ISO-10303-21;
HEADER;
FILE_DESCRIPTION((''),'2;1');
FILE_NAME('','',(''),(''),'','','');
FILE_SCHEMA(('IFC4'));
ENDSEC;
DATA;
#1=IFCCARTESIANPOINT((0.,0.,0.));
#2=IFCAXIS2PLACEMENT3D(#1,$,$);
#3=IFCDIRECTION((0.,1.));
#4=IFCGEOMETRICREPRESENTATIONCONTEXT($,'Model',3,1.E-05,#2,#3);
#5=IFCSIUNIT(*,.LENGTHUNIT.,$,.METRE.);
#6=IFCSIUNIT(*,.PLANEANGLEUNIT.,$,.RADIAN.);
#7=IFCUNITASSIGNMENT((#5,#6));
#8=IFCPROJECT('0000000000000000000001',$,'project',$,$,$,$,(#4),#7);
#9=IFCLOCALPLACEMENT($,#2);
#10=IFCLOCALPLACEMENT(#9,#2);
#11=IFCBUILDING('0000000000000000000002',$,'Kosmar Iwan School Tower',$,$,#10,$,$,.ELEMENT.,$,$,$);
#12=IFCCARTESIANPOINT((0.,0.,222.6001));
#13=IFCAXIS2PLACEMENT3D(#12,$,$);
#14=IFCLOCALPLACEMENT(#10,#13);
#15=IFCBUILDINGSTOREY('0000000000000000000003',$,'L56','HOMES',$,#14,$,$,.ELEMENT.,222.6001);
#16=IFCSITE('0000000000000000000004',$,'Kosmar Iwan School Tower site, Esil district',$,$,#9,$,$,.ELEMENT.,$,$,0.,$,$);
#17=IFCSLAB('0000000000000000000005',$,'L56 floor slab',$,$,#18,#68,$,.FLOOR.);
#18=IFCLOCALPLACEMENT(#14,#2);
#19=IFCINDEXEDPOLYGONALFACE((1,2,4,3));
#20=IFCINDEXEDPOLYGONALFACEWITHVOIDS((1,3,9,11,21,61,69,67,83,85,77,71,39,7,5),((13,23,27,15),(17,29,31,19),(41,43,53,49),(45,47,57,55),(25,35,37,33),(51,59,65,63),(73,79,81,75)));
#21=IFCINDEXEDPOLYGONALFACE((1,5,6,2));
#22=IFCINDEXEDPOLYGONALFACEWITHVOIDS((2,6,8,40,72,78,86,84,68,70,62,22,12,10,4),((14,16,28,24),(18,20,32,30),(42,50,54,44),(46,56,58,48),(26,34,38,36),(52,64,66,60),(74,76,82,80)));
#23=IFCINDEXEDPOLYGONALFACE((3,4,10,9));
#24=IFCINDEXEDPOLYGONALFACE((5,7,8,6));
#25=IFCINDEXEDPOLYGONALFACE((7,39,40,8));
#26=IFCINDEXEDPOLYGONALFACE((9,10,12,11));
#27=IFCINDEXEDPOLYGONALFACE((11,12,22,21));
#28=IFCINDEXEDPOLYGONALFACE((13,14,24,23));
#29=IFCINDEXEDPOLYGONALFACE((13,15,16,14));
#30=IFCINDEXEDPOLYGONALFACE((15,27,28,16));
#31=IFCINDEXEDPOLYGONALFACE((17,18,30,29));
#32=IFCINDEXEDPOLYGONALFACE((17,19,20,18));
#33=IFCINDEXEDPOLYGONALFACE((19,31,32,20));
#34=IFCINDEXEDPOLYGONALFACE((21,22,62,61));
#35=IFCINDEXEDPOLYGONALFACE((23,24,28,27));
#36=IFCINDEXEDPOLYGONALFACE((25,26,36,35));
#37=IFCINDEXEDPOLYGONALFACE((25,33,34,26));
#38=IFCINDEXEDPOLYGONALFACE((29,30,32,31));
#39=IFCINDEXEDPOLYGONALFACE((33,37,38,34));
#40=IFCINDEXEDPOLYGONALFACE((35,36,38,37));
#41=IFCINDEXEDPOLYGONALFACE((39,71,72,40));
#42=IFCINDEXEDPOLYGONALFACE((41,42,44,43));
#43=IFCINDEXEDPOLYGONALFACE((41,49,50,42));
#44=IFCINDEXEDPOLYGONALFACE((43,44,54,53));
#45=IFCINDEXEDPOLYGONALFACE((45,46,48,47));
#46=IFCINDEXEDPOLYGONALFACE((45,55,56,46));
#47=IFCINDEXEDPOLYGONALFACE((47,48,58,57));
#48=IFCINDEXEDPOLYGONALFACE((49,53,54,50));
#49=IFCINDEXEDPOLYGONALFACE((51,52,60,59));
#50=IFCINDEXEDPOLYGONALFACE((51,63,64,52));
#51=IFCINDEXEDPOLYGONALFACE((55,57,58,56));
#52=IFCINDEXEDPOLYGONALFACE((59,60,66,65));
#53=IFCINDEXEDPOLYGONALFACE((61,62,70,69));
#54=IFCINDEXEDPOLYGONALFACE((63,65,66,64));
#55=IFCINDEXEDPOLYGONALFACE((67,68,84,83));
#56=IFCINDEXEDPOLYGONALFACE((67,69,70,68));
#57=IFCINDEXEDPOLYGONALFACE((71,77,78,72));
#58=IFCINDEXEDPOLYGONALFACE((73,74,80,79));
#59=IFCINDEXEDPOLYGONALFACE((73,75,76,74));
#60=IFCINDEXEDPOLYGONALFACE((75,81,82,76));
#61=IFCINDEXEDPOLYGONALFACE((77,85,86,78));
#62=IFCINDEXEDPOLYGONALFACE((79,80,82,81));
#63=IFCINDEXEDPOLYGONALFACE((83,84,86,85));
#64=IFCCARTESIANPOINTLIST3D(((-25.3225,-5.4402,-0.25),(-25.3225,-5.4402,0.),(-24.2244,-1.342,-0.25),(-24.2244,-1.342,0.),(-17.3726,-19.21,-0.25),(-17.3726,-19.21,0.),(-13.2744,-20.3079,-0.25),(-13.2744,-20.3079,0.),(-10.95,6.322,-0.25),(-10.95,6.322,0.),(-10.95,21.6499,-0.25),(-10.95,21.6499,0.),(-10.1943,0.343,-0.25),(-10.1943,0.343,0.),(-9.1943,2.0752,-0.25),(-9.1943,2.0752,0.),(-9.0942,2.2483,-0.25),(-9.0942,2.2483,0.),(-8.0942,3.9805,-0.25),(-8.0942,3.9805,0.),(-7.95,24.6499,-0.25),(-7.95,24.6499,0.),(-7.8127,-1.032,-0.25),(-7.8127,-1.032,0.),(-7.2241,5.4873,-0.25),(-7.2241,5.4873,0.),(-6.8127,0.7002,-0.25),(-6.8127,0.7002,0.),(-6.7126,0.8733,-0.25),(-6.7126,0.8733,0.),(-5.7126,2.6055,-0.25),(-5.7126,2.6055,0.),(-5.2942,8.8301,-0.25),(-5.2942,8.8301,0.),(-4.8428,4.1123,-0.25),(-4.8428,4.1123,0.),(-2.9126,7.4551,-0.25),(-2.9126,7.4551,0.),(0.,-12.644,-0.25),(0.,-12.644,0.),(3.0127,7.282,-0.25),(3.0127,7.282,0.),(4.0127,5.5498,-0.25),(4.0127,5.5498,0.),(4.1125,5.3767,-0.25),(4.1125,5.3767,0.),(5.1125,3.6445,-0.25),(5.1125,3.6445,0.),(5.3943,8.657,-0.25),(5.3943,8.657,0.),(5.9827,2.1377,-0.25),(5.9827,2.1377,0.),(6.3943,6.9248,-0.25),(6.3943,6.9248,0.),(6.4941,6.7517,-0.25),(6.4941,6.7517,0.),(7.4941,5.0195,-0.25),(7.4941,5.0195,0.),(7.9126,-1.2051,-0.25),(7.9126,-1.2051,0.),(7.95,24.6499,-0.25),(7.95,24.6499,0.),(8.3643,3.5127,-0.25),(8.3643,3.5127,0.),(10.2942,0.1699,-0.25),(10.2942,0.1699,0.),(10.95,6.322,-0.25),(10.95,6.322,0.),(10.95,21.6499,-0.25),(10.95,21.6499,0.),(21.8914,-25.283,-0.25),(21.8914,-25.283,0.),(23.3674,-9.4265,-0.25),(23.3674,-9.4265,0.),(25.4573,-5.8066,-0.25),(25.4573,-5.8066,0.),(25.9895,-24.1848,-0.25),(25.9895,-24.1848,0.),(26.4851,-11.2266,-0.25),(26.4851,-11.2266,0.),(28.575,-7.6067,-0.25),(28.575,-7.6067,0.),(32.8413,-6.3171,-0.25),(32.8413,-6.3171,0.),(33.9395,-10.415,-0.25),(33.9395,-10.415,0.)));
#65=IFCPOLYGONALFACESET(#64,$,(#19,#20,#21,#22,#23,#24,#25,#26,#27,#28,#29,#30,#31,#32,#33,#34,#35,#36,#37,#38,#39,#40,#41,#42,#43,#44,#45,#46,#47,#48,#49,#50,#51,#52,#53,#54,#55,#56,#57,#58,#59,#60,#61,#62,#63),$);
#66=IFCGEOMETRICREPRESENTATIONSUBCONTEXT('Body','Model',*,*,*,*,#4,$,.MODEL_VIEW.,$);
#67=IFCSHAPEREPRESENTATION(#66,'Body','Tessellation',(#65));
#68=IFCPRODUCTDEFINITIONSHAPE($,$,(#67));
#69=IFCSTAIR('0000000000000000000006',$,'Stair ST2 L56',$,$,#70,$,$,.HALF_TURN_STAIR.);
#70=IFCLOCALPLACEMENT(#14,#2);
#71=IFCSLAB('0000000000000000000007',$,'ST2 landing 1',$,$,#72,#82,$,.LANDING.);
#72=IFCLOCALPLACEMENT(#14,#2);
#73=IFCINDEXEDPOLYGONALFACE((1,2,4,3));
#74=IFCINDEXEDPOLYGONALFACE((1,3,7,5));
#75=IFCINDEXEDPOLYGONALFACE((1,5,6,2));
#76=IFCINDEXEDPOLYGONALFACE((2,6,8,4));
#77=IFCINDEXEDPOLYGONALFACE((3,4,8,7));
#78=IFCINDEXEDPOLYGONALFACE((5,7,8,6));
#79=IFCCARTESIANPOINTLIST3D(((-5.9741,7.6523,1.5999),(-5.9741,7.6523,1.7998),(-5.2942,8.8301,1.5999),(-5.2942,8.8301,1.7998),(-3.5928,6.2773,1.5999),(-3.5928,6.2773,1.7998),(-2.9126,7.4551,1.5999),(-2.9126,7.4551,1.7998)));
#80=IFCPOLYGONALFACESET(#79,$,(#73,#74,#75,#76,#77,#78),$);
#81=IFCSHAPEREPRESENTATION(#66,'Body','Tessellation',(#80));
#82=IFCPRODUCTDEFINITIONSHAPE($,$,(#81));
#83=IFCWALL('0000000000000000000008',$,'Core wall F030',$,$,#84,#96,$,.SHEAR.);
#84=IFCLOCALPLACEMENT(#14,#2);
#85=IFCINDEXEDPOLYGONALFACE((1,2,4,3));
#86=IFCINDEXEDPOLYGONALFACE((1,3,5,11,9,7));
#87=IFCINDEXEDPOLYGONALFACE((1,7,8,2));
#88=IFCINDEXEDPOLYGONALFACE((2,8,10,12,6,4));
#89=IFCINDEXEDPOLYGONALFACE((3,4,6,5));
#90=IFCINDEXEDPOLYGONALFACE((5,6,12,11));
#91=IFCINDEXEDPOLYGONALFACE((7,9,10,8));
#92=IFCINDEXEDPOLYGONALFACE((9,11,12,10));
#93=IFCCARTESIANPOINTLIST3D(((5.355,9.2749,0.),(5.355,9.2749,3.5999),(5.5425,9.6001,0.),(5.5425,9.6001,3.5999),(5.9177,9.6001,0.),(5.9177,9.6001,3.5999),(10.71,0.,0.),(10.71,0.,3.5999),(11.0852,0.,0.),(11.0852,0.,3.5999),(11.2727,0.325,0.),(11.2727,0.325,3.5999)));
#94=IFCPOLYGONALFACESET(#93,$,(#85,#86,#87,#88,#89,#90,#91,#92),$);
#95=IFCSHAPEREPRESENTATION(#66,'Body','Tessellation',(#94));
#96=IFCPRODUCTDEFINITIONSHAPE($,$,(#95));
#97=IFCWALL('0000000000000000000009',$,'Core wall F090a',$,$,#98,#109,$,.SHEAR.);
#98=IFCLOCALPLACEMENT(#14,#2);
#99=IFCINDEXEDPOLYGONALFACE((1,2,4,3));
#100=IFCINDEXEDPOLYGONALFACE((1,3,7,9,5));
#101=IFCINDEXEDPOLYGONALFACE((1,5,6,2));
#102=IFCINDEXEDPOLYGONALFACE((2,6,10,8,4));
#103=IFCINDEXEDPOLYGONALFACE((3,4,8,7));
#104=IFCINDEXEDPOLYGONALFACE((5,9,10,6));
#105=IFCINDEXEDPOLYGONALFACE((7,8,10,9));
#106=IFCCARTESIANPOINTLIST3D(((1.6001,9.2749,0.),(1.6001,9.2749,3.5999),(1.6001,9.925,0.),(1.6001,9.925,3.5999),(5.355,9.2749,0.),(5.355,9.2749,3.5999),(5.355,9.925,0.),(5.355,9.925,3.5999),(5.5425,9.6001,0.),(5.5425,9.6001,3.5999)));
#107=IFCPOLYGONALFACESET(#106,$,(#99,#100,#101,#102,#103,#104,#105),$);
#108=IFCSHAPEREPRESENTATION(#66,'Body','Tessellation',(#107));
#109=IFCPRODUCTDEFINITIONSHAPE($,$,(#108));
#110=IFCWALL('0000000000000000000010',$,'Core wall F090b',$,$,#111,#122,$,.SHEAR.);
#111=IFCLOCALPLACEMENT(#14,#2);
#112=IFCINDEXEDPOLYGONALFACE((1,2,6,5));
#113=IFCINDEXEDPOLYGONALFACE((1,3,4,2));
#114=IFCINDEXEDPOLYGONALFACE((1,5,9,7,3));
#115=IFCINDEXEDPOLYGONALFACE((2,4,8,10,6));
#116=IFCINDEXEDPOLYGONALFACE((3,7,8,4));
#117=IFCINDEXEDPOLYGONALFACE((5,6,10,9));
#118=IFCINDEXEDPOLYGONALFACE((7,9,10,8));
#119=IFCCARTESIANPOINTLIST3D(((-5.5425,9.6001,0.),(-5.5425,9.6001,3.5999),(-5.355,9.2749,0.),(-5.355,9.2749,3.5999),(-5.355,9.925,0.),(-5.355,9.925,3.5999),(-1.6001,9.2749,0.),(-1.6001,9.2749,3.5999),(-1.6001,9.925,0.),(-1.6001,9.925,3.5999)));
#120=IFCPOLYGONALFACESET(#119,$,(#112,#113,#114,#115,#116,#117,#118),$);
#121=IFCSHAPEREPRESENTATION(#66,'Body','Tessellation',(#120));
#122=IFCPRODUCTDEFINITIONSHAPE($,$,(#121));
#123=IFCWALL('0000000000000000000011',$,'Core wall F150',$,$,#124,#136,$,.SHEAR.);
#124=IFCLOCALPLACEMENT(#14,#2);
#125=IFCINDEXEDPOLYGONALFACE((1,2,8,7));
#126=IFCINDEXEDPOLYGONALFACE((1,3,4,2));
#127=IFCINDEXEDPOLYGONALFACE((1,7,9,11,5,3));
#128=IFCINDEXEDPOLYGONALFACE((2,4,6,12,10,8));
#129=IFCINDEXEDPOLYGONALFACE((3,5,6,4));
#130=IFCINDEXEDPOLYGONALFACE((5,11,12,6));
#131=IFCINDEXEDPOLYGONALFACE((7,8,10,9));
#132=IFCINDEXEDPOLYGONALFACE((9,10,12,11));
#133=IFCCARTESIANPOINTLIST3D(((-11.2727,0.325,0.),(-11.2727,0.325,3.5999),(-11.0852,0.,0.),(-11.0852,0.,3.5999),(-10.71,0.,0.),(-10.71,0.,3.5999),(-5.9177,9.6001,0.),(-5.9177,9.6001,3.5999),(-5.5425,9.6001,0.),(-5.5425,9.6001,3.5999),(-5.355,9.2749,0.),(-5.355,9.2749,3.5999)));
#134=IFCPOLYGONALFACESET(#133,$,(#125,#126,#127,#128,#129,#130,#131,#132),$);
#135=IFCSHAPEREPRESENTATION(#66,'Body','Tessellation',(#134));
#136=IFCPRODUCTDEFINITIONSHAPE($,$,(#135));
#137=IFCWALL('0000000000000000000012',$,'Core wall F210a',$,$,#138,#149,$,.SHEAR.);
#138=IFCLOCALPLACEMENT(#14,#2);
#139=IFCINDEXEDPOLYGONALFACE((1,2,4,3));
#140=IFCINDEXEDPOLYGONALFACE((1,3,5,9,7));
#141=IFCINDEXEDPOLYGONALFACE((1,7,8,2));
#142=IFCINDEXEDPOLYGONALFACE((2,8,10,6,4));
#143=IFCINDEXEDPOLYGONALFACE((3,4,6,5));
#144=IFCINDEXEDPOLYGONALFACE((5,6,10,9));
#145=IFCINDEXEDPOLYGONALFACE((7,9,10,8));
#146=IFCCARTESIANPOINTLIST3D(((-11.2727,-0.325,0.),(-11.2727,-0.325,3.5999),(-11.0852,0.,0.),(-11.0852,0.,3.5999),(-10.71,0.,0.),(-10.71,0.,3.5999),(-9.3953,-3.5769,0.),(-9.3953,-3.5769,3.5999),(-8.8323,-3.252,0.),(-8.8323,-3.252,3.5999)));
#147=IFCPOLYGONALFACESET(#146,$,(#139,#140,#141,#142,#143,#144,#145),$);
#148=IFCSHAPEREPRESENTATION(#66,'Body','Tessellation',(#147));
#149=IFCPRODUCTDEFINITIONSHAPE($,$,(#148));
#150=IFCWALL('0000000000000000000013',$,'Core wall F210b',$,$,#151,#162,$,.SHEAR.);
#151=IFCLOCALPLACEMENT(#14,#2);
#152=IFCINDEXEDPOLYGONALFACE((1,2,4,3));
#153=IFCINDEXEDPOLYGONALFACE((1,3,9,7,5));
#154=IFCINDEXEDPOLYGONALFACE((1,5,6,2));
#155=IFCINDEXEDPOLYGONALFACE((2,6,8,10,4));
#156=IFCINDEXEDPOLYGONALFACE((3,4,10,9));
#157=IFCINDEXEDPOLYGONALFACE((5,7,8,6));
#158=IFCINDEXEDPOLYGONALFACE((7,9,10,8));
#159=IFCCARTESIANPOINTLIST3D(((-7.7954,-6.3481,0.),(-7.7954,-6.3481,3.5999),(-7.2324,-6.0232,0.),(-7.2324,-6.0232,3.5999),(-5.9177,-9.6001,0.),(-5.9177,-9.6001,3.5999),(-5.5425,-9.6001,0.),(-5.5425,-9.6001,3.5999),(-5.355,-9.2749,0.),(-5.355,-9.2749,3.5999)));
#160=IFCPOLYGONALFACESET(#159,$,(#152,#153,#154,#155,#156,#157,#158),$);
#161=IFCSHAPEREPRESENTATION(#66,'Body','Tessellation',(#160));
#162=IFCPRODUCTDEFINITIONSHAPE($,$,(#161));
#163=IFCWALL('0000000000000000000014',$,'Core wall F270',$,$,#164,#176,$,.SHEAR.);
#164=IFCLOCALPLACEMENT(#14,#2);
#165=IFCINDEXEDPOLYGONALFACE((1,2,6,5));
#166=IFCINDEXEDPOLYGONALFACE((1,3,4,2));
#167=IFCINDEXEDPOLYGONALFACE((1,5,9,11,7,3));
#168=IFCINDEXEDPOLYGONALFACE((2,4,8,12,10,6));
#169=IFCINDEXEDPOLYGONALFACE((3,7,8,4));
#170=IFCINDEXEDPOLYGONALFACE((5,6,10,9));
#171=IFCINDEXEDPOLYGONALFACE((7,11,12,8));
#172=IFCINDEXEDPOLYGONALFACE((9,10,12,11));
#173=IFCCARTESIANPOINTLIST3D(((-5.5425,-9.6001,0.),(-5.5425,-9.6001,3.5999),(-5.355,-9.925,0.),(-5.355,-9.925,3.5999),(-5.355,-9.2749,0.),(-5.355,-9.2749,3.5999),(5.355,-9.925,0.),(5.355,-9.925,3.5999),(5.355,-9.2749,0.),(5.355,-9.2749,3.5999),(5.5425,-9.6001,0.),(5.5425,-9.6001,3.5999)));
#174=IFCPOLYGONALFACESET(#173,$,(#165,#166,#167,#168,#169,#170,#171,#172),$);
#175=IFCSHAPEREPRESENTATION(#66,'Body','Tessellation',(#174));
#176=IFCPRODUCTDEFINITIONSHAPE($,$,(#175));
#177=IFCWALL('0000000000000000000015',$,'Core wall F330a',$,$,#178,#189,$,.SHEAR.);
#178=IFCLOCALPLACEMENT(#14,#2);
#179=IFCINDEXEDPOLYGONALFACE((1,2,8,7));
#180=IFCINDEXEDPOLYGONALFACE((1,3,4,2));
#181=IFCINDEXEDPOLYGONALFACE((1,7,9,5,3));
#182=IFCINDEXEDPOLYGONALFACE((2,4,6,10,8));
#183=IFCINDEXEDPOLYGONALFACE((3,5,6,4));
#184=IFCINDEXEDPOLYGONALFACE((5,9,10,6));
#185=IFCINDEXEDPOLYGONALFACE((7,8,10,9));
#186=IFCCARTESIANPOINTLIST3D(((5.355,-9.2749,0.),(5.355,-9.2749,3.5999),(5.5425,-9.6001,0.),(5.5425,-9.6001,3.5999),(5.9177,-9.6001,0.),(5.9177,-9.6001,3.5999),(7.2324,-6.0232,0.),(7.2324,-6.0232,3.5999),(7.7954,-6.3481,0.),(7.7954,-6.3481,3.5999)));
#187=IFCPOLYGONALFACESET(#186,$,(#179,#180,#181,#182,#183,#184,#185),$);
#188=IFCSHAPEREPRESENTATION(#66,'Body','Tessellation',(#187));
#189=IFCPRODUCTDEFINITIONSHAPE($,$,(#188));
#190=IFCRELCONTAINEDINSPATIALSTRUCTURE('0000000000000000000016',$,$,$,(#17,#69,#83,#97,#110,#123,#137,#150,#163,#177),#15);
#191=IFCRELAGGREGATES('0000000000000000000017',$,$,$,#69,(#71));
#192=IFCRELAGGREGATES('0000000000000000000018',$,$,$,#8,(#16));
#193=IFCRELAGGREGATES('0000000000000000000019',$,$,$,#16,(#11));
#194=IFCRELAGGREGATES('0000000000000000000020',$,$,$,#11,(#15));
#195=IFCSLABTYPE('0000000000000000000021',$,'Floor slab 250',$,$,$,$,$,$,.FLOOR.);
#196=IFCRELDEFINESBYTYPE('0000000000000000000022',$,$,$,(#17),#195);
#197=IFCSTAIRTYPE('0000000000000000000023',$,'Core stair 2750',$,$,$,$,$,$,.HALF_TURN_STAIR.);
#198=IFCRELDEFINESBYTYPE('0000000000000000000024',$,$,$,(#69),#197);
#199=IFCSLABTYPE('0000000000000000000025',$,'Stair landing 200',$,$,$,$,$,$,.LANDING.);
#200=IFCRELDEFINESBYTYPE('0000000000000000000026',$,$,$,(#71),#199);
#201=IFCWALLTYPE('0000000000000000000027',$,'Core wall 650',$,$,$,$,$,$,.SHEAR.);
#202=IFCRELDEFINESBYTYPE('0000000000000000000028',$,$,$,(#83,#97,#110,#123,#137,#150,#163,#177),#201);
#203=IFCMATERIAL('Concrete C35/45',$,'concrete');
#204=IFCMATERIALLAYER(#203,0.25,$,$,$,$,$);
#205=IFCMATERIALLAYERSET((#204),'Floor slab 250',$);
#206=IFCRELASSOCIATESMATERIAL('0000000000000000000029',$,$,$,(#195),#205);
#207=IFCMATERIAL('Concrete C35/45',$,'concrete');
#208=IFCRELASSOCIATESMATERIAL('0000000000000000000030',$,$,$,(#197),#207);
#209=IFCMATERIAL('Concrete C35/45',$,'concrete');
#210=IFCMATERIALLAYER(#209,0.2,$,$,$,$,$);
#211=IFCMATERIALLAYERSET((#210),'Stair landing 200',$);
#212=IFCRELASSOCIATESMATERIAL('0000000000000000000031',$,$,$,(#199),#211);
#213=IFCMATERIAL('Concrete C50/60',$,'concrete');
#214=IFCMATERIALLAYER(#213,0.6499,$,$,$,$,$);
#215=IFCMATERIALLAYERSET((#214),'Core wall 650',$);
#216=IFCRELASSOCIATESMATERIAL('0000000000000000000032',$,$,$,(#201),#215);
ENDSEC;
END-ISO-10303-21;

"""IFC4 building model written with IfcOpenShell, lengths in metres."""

from ifc_helpers import new_model, si_unit, direction, frame, origin, place, context, subcontext, project, spatial, polyline, outline, extrude, material, layer, layer_set, type_object, element, aggregate, save


model = new_model("IFC4")

# Units and contexts
model_context = context("Model", 3, precision=1e-05, world=origin(), true_north=direction((0.0, 1.0)))
body_context = subcontext(model_context, "Body", "Model", "MODEL_VIEW")
ifc_project = project(units=[si_unit("LENGTHUNIT", "METRE"), si_unit("PLANEANGLEUNIT", "RADIAN")], contexts=[model_context])

# Site, building, storey
site_placement = place(None, origin())
site = spatial("IfcSite", under=ifc_project, at=site_placement, Name="Kosmar Iwan School Tower site, Esil district", CompositionType="ELEMENT", RefElevation=0.0)
building_placement = place(site_placement, origin())
building = spatial("IfcBuilding", under=site, at=building_placement, Name="Kosmar Iwan School Tower", CompositionType="ELEMENT")
storey_placement = place(building_placement, frame((0.0, 0.0, 222.6001)))
storey = spatial("IfcBuildingStorey", under=building, at=storey_placement, Name="L56", Description="HOMES", CompositionType="ELEMENT", Elevation=222.6001)

# Slab
ifc_material_1 = material(Name="Concrete C35/45", Category="concrete")
ifc_layer_1 = layer(ifc_material_1, 0.25)
ifc_layer_set_1 = layer_set([ifc_layer_1], Name="Floor slab 250")
slab_type_1 = type_object("IfcSlabType", Name="Floor slab 250", PredefinedType="FLOOR", material=ifc_layer_set_1)
slab_1_placement = place(storey_placement, frame((0.0, 0.0, -0.25)))
element("IfcSlab", 1, at=slab_1_placement, inside=storey, type_object=slab_type_1, Name="L56 floor slab", PredefinedType="FLOOR", context=body_context, shape_type="SweptSolid", body=[
    extrude(outline(polyline([(21.8914, -25.283), (25.9895, -24.1848), (33.9395, -10.415), (32.8413, -6.3171), (10.95, 6.322), (10.95, 21.6499), (7.95, 24.6499), (-7.95, 24.6499), (-10.95, 21.6499), (-10.95, 6.322), (-24.2244, -1.342), (-25.3225, -5.4402), (-17.3726, -19.21), (-13.2744, -20.3079), (0.0, -12.644), (21.8914, -25.283)]), holes=[polyline([(7.9126, -1.2051), (10.2942, 0.1699), (8.3643, 3.5127), (5.9827, 2.1377), (7.9126, -1.2051)]), polyline([(-2.9126, 7.4551), (-5.2942, 8.8301), (-7.2241, 5.4873), (-4.8428, 4.1123), (-2.9126, 7.4551)]), polyline([(-5.7126, 2.6055), (-8.0942, 3.9805), (-9.0942, 2.2483), (-6.7126, 0.8733), (-5.7126, 2.6055)]), polyline([(-6.8127, 0.7002), (-9.1943, 2.0752), (-10.1943, 0.343), (-7.8127, -1.032), (-6.8127, 0.7002)]), polyline([(5.1125, 3.6445), (7.4941, 5.0195), (6.4941, 6.7517), (4.1125, 5.3767), (5.1125, 3.6445)]), polyline([(4.0127, 5.5498), (6.3943, 6.9248), (5.3943, 8.657), (3.0127, 7.282), (4.0127, 5.5498)]), polyline([(23.3674, -9.4265), (26.4851, -11.2266), (28.575, -7.6067), (25.4573, -5.8066), (23.3674, -9.4265)])]), origin(), (0.0, 0.0, 1.0), 0.25),
])

# Stair, slab
ifc_material_2 = material(Name="Concrete C35/45", Category="concrete")
stair_type = type_object("IfcStairType", Name="Core stair 2750", PredefinedType="HALF_TURN_STAIR", material=ifc_material_2)
stair_placement = place(storey_placement, origin())
stair = element("IfcStair", 2, at=stair_placement, inside=storey, type_object=stair_type, Name="Stair ST2 L56", PredefinedType="HALF_TURN_STAIR")
ifc_material_3 = material(Name="Concrete C35/45", Category="concrete")
ifc_layer_2 = layer(ifc_material_3, 0.2)
ifc_layer_set_2 = layer_set([ifc_layer_2], Name="Stair landing 200")
slab_type_2 = type_object("IfcSlabType", Name="Stair landing 200", PredefinedType="LANDING", material=ifc_layer_set_2)
slab_2_placement = place(storey_placement, frame((0.0, 0.0, 1.5999)))
slab_2 = element("IfcSlab", 3, at=slab_2_placement, type_object=slab_type_2, Name="ST2 landing 1", PredefinedType="LANDING", context=body_context, shape_type="SweptSolid", body=[
    extrude(outline(polyline([(-2.9126, 7.4551), (-5.2942, 8.8301), (-5.9741, 7.6523), (-3.5928, 6.2773), (-2.9126, 7.4551)])), origin(), (0.0, 0.0, 1.0), 0.2),
])
aggregate(stair, [slab_2])

# Walls
ifc_material_4 = material(Name="Concrete C50/60", Category="concrete")
ifc_layer_3 = layer(ifc_material_4, 0.6499)
ifc_layer_set_3 = layer_set([ifc_layer_3], Name="Core wall 650")
wall_type = type_object("IfcWallType", Name="Core wall 650", PredefinedType="SHEAR", material=ifc_layer_set_3)
wall_1_placement = place(storey_placement, origin())
element("IfcWall", 4, at=wall_1_placement, inside=storey, type_object=wall_type, Name="Core wall F030", PredefinedType="SHEAR", context=body_context, shape_type="SweptSolid", body=[
    extrude(outline(polyline([(10.71, 0.0), (11.0852, 0.0), (11.2727, 0.325), (5.9177, 9.6001), (5.5425, 9.6001), (5.355, 9.2749), (10.71, 0.0)])), origin(), (0.0, 0.0, 1.0), 3.5999),
])
wall_2_placement = place(storey_placement, origin())
element("IfcWall", 5, at=wall_2_placement, inside=storey, type_object=wall_type, Name="Core wall F090a", PredefinedType="SHEAR", context=body_context, shape_type="SweptSolid", body=[
    extrude(outline(polyline([(1.6001, 9.2749), (5.355, 9.2749), (5.5425, 9.6001), (5.355, 9.925), (1.6001, 9.925), (1.6001, 9.2749)])), origin(), (0.0, 0.0, 1.0), 3.5999),
])
wall_3_placement = place(storey_placement, origin())
element("IfcWall", 6, at=wall_3_placement, inside=storey, type_object=wall_type, Name="Core wall F090b", PredefinedType="SHEAR", context=body_context, shape_type="SweptSolid", body=[
    extrude(outline(polyline([(-5.355, 9.2749), (-1.6001, 9.2749), (-1.6001, 9.925), (-5.355, 9.925), (-5.5425, 9.6001), (-5.355, 9.2749)])), origin(), (0.0, 0.0, 1.0), 3.5999),
])
wall_4_placement = place(storey_placement, origin())
element("IfcWall", 7, at=wall_4_placement, inside=storey, type_object=wall_type, Name="Core wall F150", PredefinedType="SHEAR", context=body_context, shape_type="SweptSolid", body=[
    extrude(outline(polyline([(-11.0852, 0.0), (-10.71, 0.0), (-5.355, 9.2749), (-5.5425, 9.6001), (-5.9177, 9.6001), (-11.2727, 0.325), (-11.0852, 0.0)])), origin(), (0.0, 0.0, 1.0), 3.5999),
])
wall_5_placement = place(storey_placement, origin())
element("IfcWall", 8, at=wall_5_placement, inside=storey, type_object=wall_type, Name="Core wall F210a", PredefinedType="SHEAR", context=body_context, shape_type="SweptSolid", body=[
    extrude(outline(polyline([(-9.3953, -3.5769), (-8.8323, -3.252), (-10.71, 0.0), (-11.0852, 0.0), (-11.2727, -0.325), (-9.3953, -3.5769)])), origin(), (0.0, 0.0, 1.0), 3.5999),
])
wall_6_placement = place(storey_placement, origin())
element("IfcWall", 9, at=wall_6_placement, inside=storey, type_object=wall_type, Name="Core wall F210b", PredefinedType="SHEAR", context=body_context, shape_type="SweptSolid", body=[
    extrude(outline(polyline([(-5.9177, -9.6001), (-5.5425, -9.6001), (-5.355, -9.2749), (-7.2324, -6.0232), (-7.7954, -6.3481), (-5.9177, -9.6001)])), origin(), (0.0, 0.0, 1.0), 3.5999),
])
wall_7_placement = place(storey_placement, origin())
element("IfcWall", 10, at=wall_7_placement, inside=storey, type_object=wall_type, Name="Core wall F270", PredefinedType="SHEAR", context=body_context, shape_type="SweptSolid", body=[
    extrude(outline(polyline([(-5.355, -9.925), (5.355, -9.925), (5.5425, -9.6001), (5.355, -9.2749), (-5.355, -9.2749), (-5.5425, -9.6001), (-5.355, -9.925)])), origin(), (0.0, 0.0, 1.0), 3.5999),
])
wall_8_placement = place(storey_placement, origin())
element("IfcWall", 11, at=wall_8_placement, inside=storey, type_object=wall_type, Name="Core wall F330a", PredefinedType="SHEAR", context=body_context, shape_type="SweptSolid", body=[
    extrude(outline(polyline([(5.5425, -9.6001), (5.9177, -9.6001), (7.7954, -6.3481), (7.2324, -6.0232), (5.355, -9.2749), (5.5425, -9.6001)])), origin(), (0.0, 0.0, 1.0), 3.5999),
])

save(model, "model.ifc")
